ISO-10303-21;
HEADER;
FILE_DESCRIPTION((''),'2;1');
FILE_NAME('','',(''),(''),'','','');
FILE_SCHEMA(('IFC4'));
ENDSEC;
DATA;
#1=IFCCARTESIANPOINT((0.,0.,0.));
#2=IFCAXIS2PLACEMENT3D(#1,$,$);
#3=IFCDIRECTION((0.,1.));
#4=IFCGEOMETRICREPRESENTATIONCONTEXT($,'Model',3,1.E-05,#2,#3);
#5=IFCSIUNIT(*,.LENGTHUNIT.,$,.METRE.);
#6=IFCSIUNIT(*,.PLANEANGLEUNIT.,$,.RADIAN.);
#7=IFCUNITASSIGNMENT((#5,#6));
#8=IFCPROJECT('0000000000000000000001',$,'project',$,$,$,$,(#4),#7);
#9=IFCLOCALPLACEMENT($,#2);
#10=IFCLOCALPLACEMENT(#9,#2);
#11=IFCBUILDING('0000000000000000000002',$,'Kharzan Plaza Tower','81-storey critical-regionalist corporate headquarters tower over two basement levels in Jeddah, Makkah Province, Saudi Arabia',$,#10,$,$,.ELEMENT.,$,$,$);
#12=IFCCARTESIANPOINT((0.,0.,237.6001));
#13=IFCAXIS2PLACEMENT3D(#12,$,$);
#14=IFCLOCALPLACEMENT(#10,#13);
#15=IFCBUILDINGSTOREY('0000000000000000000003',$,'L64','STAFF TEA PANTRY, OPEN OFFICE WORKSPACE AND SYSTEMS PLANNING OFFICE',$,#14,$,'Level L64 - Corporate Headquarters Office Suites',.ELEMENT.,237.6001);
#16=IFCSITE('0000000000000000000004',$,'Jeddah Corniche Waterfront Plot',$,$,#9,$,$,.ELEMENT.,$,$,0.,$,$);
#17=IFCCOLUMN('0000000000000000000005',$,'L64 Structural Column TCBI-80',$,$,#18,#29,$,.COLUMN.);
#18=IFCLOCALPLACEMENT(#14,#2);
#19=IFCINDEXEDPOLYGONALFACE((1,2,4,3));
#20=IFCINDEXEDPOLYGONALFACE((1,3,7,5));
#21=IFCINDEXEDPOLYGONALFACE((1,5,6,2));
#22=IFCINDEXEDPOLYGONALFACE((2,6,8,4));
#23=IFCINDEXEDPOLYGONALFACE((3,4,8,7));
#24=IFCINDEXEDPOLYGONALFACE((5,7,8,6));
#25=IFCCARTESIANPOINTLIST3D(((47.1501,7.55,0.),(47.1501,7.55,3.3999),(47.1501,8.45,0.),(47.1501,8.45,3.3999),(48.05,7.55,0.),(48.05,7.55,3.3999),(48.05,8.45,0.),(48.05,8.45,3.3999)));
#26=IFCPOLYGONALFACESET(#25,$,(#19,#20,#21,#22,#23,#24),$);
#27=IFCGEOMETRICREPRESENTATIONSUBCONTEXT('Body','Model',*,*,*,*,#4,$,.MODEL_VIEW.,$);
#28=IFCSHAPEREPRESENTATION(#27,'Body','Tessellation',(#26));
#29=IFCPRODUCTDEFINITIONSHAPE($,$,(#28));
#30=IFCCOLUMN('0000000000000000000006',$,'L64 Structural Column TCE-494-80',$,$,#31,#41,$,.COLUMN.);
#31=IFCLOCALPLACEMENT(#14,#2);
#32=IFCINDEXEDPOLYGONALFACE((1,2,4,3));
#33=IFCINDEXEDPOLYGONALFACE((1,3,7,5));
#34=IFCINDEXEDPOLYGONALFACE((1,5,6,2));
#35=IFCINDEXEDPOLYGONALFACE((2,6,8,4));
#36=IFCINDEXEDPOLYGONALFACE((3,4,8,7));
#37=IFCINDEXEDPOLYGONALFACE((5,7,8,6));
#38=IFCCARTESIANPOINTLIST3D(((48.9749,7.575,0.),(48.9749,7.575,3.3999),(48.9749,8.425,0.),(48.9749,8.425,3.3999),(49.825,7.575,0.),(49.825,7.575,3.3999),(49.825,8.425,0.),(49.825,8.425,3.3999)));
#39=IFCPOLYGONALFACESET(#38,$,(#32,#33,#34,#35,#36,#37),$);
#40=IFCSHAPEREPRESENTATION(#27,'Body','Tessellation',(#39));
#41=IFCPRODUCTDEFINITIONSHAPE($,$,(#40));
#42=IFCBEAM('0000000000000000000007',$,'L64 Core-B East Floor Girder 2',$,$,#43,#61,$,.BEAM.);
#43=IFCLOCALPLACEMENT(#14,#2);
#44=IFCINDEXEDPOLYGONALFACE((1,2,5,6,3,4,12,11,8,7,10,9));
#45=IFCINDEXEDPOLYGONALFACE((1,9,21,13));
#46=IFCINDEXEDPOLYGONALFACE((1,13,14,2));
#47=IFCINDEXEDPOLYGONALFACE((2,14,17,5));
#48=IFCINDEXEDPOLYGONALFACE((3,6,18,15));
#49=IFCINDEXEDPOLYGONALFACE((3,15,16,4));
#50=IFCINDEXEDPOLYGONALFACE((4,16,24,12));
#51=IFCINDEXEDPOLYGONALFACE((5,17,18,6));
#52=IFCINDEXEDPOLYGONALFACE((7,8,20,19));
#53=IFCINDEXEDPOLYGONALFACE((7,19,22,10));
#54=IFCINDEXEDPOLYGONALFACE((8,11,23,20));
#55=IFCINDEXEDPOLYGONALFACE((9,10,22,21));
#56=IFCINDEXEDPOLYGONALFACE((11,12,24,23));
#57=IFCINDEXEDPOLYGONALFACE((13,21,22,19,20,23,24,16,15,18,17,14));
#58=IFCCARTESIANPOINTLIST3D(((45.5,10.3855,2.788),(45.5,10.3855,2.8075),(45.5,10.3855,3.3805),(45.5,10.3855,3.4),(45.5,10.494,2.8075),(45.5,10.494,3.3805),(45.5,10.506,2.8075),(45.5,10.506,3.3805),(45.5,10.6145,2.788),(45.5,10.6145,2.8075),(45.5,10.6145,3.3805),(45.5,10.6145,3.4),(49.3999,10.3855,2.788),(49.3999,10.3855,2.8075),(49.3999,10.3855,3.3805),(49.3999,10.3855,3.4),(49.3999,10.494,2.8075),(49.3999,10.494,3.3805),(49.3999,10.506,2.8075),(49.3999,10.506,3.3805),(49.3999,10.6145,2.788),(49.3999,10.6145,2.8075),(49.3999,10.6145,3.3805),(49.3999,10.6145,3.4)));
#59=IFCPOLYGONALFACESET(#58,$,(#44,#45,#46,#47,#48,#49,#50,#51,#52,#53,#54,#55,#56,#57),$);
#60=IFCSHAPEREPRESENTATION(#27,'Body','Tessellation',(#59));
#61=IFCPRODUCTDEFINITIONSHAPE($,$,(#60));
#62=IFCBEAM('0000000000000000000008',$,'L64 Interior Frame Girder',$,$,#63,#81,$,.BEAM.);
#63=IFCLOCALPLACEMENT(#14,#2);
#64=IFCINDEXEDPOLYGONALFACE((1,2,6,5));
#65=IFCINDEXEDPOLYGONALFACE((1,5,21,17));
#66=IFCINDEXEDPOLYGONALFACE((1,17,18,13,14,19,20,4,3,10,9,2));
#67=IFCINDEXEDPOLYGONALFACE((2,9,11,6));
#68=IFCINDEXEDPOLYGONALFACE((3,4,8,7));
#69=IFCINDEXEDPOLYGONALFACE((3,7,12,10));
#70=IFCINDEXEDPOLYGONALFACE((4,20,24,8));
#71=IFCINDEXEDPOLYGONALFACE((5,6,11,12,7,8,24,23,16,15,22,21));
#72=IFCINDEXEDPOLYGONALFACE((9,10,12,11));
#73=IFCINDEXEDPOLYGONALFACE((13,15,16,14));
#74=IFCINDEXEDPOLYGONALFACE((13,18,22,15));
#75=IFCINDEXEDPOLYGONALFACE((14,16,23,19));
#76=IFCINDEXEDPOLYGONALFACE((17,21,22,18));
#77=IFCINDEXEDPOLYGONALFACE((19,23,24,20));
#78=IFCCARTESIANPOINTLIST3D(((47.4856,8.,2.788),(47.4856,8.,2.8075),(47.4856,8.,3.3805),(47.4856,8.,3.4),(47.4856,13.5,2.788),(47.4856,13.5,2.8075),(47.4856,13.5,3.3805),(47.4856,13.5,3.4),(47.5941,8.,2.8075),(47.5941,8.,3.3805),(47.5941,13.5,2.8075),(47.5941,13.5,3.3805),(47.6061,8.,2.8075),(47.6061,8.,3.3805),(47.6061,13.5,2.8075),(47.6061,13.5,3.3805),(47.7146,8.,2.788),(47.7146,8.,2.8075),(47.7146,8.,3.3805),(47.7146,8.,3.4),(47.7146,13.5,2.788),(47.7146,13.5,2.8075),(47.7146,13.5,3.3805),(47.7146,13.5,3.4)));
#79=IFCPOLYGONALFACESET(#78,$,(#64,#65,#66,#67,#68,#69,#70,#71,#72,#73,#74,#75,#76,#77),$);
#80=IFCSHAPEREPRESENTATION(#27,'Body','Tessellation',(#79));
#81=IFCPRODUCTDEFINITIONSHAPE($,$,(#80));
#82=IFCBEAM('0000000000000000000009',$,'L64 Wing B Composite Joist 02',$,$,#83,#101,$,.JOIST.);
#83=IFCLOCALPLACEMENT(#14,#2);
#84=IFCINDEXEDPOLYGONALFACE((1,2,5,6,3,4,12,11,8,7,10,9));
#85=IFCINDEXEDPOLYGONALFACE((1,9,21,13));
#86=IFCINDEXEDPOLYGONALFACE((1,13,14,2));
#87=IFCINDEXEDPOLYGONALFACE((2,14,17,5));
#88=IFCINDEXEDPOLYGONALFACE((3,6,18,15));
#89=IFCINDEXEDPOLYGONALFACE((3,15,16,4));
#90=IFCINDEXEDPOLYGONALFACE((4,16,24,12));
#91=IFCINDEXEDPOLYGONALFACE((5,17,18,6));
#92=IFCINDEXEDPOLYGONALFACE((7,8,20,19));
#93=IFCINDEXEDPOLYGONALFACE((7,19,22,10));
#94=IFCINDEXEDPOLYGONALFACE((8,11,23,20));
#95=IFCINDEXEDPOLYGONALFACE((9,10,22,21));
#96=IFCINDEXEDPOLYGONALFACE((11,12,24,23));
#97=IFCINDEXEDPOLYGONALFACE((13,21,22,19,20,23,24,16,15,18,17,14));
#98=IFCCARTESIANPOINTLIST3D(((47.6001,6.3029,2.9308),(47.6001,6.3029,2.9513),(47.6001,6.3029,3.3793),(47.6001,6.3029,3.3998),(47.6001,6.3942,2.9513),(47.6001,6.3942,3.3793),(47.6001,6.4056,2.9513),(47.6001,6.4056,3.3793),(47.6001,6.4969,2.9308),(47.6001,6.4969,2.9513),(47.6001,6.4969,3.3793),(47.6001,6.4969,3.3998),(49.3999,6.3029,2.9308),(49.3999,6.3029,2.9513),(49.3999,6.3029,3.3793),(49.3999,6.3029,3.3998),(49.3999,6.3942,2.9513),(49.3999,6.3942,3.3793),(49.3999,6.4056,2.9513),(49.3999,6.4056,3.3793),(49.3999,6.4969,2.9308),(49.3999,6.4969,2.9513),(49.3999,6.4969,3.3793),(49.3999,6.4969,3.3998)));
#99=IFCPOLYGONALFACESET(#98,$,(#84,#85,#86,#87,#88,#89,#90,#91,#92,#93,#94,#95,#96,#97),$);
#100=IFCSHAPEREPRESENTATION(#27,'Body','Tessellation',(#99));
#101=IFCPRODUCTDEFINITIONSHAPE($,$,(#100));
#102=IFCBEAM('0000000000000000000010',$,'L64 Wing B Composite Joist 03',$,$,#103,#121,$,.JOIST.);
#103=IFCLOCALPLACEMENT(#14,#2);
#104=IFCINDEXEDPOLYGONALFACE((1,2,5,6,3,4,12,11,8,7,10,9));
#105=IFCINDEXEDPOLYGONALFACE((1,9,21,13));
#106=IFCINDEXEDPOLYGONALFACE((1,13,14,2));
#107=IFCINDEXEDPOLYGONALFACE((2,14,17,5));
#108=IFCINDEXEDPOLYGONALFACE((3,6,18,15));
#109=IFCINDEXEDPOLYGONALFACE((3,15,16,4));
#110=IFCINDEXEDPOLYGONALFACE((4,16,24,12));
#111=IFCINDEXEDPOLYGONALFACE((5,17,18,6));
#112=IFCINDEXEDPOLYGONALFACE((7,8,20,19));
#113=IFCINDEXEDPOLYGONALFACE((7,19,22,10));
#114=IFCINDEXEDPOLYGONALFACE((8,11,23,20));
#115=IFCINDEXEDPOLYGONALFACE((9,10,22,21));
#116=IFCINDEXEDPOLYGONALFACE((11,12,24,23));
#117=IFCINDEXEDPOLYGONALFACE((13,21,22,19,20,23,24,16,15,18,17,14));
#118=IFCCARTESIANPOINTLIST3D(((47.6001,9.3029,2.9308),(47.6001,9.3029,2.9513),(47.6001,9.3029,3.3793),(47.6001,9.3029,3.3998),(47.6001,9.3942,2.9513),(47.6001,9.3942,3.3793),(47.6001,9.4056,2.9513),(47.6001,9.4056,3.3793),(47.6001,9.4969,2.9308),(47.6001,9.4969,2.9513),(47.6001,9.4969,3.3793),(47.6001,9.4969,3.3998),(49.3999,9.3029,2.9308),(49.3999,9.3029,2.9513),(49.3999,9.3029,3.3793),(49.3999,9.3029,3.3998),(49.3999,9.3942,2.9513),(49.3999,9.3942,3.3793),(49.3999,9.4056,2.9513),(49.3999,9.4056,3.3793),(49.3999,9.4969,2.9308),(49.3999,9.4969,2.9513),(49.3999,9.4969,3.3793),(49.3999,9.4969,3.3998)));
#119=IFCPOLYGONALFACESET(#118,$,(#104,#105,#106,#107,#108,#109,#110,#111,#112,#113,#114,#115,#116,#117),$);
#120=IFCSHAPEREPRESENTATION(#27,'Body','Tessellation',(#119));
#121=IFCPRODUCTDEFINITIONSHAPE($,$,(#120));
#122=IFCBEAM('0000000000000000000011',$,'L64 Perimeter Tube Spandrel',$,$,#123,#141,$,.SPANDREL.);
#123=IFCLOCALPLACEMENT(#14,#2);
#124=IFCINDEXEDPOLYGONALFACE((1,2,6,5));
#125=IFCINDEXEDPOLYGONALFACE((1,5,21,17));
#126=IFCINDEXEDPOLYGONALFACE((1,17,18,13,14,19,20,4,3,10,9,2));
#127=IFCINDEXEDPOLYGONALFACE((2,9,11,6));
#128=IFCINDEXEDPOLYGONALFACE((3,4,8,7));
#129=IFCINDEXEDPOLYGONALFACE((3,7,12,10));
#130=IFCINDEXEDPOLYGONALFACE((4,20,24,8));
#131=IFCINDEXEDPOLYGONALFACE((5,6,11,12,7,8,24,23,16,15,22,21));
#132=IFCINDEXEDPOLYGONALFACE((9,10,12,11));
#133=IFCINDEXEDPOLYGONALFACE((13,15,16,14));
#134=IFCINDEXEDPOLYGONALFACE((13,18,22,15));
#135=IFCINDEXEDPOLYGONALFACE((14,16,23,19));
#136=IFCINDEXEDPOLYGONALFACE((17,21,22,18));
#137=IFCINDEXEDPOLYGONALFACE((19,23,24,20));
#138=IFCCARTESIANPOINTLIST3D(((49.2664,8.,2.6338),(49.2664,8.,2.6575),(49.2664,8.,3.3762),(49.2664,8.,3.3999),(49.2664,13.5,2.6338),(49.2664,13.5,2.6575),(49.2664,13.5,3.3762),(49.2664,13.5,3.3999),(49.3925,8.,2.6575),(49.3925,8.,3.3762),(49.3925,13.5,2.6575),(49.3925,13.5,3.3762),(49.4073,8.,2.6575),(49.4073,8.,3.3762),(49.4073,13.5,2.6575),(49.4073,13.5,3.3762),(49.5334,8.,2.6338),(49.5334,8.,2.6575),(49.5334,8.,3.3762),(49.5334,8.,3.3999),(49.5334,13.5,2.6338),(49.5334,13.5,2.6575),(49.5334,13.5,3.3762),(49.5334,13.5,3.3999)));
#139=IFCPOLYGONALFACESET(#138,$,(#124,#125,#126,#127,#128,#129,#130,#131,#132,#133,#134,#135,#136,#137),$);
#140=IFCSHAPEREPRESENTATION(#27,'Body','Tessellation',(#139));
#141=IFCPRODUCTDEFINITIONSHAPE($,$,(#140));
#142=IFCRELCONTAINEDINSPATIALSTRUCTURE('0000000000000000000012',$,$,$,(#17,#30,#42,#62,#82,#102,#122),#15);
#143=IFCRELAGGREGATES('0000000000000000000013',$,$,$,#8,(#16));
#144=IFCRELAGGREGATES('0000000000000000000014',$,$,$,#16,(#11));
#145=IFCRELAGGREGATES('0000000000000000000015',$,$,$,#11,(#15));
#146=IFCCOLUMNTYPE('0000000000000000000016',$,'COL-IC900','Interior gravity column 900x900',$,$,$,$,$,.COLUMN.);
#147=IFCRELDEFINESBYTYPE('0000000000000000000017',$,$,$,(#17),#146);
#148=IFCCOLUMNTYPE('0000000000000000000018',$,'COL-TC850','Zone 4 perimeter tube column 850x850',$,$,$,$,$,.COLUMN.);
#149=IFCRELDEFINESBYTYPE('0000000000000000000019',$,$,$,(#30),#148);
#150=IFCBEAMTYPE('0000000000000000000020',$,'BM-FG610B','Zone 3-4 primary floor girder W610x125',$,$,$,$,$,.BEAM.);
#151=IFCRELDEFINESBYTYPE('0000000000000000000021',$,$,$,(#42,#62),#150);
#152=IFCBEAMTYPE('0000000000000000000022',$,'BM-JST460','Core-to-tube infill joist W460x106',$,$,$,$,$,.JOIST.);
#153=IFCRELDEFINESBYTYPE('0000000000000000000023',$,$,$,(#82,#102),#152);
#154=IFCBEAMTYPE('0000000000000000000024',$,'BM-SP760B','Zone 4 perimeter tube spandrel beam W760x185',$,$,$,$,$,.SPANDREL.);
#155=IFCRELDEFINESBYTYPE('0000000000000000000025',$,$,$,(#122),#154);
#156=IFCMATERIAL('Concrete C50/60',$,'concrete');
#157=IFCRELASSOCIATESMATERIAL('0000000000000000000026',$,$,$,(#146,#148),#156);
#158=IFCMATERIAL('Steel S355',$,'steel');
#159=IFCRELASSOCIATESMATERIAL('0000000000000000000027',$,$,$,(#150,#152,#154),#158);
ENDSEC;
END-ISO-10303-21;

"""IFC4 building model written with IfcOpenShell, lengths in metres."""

from ifc_helpers import new_model, si_unit, direction, frame, origin, origin_2d, place, context, subcontext, project, spatial, rectangle, i_section, extrude, source, transform, mapped, material, material_profile, profile_set, type_object, element, save


model = new_model("IFC4")

# Units and contexts
model_context = context("Model", 3, precision=1e-05, world=origin(), true_north=direction((0.0, 1.0)))
body_context = subcontext(model_context, "Body", "Model", "MODEL_VIEW")
ifc_project = project(units=[si_unit("LENGTHUNIT", "METRE"), si_unit("PLANEANGLEUNIT", "RADIAN")], contexts=[model_context])

# Site, building, storey
site_placement = place(None, origin())
site = spatial("IfcSite", under=ifc_project, at=site_placement, Name="Jeddah Corniche Waterfront Plot", CompositionType="ELEMENT", RefElevation=0.0)
building_placement = place(site_placement, origin())
building = spatial("IfcBuilding", under=site, at=building_placement, Name="Kharzan Plaza Tower", Description="81-storey critical-regionalist corporate headquarters tower over two basement levels in Jeddah, Makkah Province, Saudi Arabia", CompositionType="ELEMENT")
storey_placement = place(building_placement, frame((0.0, 0.0, 237.6001)))
storey = spatial("IfcBuildingStorey", under=building, at=storey_placement, Name="L64", Description="STAFF TEA PANTRY, OPEN OFFICE WORKSPACE AND SYSTEMS PLANNING OFFICE", LongName="Level L64 - Corporate Headquarters Office Suites", CompositionType="ELEMENT", Elevation=237.6001)

# Columns
ifc_material_1 = material(Name="Concrete C50/60", Category="concrete")
ifc_material_profile_1 = material_profile(ifc_material_1, rectangle(XDim=0.8999, YDim=0.8999, at=origin_2d()), Name="RC-IC900x900")
ifc_profile_set_1 = profile_set([ifc_material_profile_1], Name="Concrete C50/60")
column_type_1 = type_object("IfcColumnType", Name="COL-IC900", Description="Interior gravity column 900x900", PredefinedType="COLUMN", material=ifc_profile_set_1)
shared_shape_1 = source(origin(), body_context, "Body", "SweptSolid", [
    extrude(rectangle(XDim=0.8999, YDim=0.8999, at=origin_2d()), origin(), (0.0, 0.0, 1.0), 3.3999),
])
column_1_placement = place(storey_placement, frame((47.6001, 8.0, 0.0), z_axis=(0.0, 0.0, 1.0), x_axis=(1.0, 0.0, 0.0)))
element("IfcColumn", 1, at=column_1_placement, inside=storey, type_object=column_type_1, Name="L64 Structural Column TCBI-80", PredefinedType="COLUMN", context=body_context, shape_type="MappedRepresentation", body=[
    mapped(shared_shape_1, transform((0.0, 0.0, 0.0), x_axis=(1.0, 0.0, 0.0), y_axis=(0.0, 1.0, 0.0), z_axis=(0.0, 0.0, 1.0))),
])
ifc_material_profile_2 = material_profile(ifc_material_1, rectangle(XDim=0.8501, YDim=0.8501, at=origin_2d()), Name="RC-TC850x850")
ifc_profile_set_2 = profile_set([ifc_material_profile_2], Name="Concrete C50/60")
column_type_2 = type_object("IfcColumnType", Name="COL-TC850", Description="Zone 4 perimeter tube column 850x850", PredefinedType="COLUMN", material=ifc_profile_set_2)
shared_shape_2 = source(origin(), body_context, "Body", "SweptSolid", [
    extrude(rectangle(XDim=0.8501, YDim=0.8501, at=origin_2d()), origin(), (0.0, 0.0, 1.0), 3.3999),
])
column_2_placement = place(storey_placement, frame((49.3999, 8.0, 0.0), z_axis=(0.0, 0.0, 1.0), x_axis=(1.0, 0.0, 0.0)))
element("IfcColumn", 2, at=column_2_placement, inside=storey, type_object=column_type_2, Name="L64 Structural Column TCE-494-80", PredefinedType="COLUMN", context=body_context, shape_type="MappedRepresentation", body=[
    mapped(shared_shape_2, transform((0.0, 0.0, 0.0), x_axis=(1.0, 0.0, 0.0), y_axis=(0.0, 1.0, 0.0), z_axis=(0.0, 0.0, 1.0))),
])

# Beams
ifc_material_2 = material(Name="Steel S355", Category="steel")
ifc_material_profile_3 = material_profile(ifc_material_2, i_section(OverallWidth=0.229, OverallDepth=0.6121, WebThickness=0.012, FlangeThickness=0.0195, at=origin_2d()), Name="W610x125")
ifc_profile_set_3 = profile_set([ifc_material_profile_3], Name="Steel S355")
beam_type_1 = type_object("IfcBeamType", Name="BM-FG610B", Description="Zone 3-4 primary floor girder W610x125", PredefinedType="BEAM", material=ifc_profile_set_3)
shared_shape_3 = source(origin(), body_context, "Body", "SweptSolid", [
    extrude(i_section(OverallWidth=0.229, OverallDepth=0.6121, WebThickness=0.012, FlangeThickness=0.0195, at=origin_2d()), origin(), (0.0, 0.0, 1.0), 3.8999),
])
beam_1_placement = place(storey_placement, frame((45.5, 10.5, 3.094), z_axis=(1.0, 0.0, 0.0), x_axis=(0.0, 1.0, 0.0)))
element("IfcBeam", 3, at=beam_1_placement, inside=storey, type_object=beam_type_1, Name="L64 Core-B East Floor Girder 2", PredefinedType="BEAM", context=body_context, shape_type="MappedRepresentation", body=[
    mapped(shared_shape_3, transform((0.0, 0.0, 0.0), x_axis=(1.0, 0.0, 0.0), y_axis=(0.0, 1.0, 0.0), z_axis=(0.0, 0.0, 1.0))),
])
shared_shape_4 = source(origin(), body_context, "Body", "SweptSolid", [
    extrude(i_section(OverallWidth=0.229, OverallDepth=0.6121, WebThickness=0.012, FlangeThickness=0.0195, at=origin_2d()), origin(), (0.0, 0.0, 1.0), 5.5),
])
beam_2_placement = place(storey_placement, frame((47.6001, 8.0, 3.094), z_axis=(0.0, 1.0, 0.0), x_axis=(-1.0, 0.0, 0.0)))
element("IfcBeam", 4, at=beam_2_placement, inside=storey, type_object=beam_type_1, Name="L64 Interior Frame Girder", PredefinedType="BEAM", context=body_context, shape_type="MappedRepresentation", body=[
    mapped(shared_shape_4, transform((0.0, 0.0, 0.0), x_axis=(1.0, 0.0, 0.0), y_axis=(0.0, 1.0, 0.0), z_axis=(0.0, 0.0, 1.0))),
])
ifc_material_profile_4 = material_profile(ifc_material_2, i_section(OverallWidth=0.1941, OverallDepth=0.469, WebThickness=0.0115, FlangeThickness=0.0205, at=origin_2d()), Name="W460x106")
ifc_profile_set_4 = profile_set([ifc_material_profile_4], Name="Steel S355")
beam_type_2 = type_object("IfcBeamType", Name="BM-JST460", Description="Core-to-tube infill joist W460x106", PredefinedType="JOIST", material=ifc_profile_set_4)
shared_shape_5 = source(origin(), body_context, "Body", "SweptSolid", [
    extrude(i_section(OverallWidth=0.1941, OverallDepth=0.469, WebThickness=0.0115, FlangeThickness=0.0205, at=origin_2d()), origin(), (0.0, 0.0, 1.0), 1.7998),
])
for number, where, z_axis, x_axis, name in (
    (5, (47.6001, 6.3999, 3.1653), (1.0, 0.0, 0.0), (0.0, 1.0, 0.0), "L64 Wing B Composite Joist 02"),
    (6, (47.6001, 9.3999, 3.1653), (1.0, 0.0, 0.0), (0.0, 1.0, 0.0), "L64 Wing B Composite Joist 03"),
):
    element("IfcBeam", number, at=place(storey_placement, frame(where, z_axis=z_axis, x_axis=x_axis)), inside=storey, type_object=beam_type_2, Name=name, PredefinedType="JOIST", context=body_context, shape_type="MappedRepresentation", body=[
        mapped(shared_shape_5, transform((0.0, 0.0, 0.0), x_axis=(1.0, 0.0, 0.0), y_axis=(0.0, 1.0, 0.0), z_axis=(0.0, 0.0, 1.0))),
    ])
ifc_material_profile_5 = material_profile(ifc_material_2, i_section(OverallWidth=0.2671, OverallDepth=0.7661, WebThickness=0.0149, FlangeThickness=0.0237, at=origin_2d()), Name="W760x185")
ifc_profile_set_5 = profile_set([ifc_material_profile_5], Name="Steel S355")
beam_type_3 = type_object("IfcBeamType", Name="BM-SP760B", Description="Zone 4 perimeter tube spandrel beam W760x185", PredefinedType="SPANDREL", material=ifc_profile_set_5)
shared_shape_6 = source(origin(), body_context, "Body", "SweptSolid", [
    extrude(i_section(OverallWidth=0.2671, OverallDepth=0.7661, WebThickness=0.0149, FlangeThickness=0.0237, at=origin_2d()), origin(), (0.0, 0.0, 1.0), 5.5),
])
beam_3_placement = place(storey_placement, frame((49.3999, 8.0, 3.0168), z_axis=(0.0, 1.0, 0.0), x_axis=(-1.0, 0.0, 0.0)))
element("IfcBeam", 7, at=beam_3_placement, inside=storey, type_object=beam_type_3, Name="L64 Perimeter Tube Spandrel", PredefinedType="SPANDREL", context=body_context, shape_type="MappedRepresentation", body=[
    mapped(shared_shape_6, transform((0.0, 0.0, 0.0), x_axis=(1.0, 0.0, 0.0), y_axis=(0.0, 1.0, 0.0), z_axis=(0.0, 0.0, 1.0))),
])

save(model, "model.ifc")
